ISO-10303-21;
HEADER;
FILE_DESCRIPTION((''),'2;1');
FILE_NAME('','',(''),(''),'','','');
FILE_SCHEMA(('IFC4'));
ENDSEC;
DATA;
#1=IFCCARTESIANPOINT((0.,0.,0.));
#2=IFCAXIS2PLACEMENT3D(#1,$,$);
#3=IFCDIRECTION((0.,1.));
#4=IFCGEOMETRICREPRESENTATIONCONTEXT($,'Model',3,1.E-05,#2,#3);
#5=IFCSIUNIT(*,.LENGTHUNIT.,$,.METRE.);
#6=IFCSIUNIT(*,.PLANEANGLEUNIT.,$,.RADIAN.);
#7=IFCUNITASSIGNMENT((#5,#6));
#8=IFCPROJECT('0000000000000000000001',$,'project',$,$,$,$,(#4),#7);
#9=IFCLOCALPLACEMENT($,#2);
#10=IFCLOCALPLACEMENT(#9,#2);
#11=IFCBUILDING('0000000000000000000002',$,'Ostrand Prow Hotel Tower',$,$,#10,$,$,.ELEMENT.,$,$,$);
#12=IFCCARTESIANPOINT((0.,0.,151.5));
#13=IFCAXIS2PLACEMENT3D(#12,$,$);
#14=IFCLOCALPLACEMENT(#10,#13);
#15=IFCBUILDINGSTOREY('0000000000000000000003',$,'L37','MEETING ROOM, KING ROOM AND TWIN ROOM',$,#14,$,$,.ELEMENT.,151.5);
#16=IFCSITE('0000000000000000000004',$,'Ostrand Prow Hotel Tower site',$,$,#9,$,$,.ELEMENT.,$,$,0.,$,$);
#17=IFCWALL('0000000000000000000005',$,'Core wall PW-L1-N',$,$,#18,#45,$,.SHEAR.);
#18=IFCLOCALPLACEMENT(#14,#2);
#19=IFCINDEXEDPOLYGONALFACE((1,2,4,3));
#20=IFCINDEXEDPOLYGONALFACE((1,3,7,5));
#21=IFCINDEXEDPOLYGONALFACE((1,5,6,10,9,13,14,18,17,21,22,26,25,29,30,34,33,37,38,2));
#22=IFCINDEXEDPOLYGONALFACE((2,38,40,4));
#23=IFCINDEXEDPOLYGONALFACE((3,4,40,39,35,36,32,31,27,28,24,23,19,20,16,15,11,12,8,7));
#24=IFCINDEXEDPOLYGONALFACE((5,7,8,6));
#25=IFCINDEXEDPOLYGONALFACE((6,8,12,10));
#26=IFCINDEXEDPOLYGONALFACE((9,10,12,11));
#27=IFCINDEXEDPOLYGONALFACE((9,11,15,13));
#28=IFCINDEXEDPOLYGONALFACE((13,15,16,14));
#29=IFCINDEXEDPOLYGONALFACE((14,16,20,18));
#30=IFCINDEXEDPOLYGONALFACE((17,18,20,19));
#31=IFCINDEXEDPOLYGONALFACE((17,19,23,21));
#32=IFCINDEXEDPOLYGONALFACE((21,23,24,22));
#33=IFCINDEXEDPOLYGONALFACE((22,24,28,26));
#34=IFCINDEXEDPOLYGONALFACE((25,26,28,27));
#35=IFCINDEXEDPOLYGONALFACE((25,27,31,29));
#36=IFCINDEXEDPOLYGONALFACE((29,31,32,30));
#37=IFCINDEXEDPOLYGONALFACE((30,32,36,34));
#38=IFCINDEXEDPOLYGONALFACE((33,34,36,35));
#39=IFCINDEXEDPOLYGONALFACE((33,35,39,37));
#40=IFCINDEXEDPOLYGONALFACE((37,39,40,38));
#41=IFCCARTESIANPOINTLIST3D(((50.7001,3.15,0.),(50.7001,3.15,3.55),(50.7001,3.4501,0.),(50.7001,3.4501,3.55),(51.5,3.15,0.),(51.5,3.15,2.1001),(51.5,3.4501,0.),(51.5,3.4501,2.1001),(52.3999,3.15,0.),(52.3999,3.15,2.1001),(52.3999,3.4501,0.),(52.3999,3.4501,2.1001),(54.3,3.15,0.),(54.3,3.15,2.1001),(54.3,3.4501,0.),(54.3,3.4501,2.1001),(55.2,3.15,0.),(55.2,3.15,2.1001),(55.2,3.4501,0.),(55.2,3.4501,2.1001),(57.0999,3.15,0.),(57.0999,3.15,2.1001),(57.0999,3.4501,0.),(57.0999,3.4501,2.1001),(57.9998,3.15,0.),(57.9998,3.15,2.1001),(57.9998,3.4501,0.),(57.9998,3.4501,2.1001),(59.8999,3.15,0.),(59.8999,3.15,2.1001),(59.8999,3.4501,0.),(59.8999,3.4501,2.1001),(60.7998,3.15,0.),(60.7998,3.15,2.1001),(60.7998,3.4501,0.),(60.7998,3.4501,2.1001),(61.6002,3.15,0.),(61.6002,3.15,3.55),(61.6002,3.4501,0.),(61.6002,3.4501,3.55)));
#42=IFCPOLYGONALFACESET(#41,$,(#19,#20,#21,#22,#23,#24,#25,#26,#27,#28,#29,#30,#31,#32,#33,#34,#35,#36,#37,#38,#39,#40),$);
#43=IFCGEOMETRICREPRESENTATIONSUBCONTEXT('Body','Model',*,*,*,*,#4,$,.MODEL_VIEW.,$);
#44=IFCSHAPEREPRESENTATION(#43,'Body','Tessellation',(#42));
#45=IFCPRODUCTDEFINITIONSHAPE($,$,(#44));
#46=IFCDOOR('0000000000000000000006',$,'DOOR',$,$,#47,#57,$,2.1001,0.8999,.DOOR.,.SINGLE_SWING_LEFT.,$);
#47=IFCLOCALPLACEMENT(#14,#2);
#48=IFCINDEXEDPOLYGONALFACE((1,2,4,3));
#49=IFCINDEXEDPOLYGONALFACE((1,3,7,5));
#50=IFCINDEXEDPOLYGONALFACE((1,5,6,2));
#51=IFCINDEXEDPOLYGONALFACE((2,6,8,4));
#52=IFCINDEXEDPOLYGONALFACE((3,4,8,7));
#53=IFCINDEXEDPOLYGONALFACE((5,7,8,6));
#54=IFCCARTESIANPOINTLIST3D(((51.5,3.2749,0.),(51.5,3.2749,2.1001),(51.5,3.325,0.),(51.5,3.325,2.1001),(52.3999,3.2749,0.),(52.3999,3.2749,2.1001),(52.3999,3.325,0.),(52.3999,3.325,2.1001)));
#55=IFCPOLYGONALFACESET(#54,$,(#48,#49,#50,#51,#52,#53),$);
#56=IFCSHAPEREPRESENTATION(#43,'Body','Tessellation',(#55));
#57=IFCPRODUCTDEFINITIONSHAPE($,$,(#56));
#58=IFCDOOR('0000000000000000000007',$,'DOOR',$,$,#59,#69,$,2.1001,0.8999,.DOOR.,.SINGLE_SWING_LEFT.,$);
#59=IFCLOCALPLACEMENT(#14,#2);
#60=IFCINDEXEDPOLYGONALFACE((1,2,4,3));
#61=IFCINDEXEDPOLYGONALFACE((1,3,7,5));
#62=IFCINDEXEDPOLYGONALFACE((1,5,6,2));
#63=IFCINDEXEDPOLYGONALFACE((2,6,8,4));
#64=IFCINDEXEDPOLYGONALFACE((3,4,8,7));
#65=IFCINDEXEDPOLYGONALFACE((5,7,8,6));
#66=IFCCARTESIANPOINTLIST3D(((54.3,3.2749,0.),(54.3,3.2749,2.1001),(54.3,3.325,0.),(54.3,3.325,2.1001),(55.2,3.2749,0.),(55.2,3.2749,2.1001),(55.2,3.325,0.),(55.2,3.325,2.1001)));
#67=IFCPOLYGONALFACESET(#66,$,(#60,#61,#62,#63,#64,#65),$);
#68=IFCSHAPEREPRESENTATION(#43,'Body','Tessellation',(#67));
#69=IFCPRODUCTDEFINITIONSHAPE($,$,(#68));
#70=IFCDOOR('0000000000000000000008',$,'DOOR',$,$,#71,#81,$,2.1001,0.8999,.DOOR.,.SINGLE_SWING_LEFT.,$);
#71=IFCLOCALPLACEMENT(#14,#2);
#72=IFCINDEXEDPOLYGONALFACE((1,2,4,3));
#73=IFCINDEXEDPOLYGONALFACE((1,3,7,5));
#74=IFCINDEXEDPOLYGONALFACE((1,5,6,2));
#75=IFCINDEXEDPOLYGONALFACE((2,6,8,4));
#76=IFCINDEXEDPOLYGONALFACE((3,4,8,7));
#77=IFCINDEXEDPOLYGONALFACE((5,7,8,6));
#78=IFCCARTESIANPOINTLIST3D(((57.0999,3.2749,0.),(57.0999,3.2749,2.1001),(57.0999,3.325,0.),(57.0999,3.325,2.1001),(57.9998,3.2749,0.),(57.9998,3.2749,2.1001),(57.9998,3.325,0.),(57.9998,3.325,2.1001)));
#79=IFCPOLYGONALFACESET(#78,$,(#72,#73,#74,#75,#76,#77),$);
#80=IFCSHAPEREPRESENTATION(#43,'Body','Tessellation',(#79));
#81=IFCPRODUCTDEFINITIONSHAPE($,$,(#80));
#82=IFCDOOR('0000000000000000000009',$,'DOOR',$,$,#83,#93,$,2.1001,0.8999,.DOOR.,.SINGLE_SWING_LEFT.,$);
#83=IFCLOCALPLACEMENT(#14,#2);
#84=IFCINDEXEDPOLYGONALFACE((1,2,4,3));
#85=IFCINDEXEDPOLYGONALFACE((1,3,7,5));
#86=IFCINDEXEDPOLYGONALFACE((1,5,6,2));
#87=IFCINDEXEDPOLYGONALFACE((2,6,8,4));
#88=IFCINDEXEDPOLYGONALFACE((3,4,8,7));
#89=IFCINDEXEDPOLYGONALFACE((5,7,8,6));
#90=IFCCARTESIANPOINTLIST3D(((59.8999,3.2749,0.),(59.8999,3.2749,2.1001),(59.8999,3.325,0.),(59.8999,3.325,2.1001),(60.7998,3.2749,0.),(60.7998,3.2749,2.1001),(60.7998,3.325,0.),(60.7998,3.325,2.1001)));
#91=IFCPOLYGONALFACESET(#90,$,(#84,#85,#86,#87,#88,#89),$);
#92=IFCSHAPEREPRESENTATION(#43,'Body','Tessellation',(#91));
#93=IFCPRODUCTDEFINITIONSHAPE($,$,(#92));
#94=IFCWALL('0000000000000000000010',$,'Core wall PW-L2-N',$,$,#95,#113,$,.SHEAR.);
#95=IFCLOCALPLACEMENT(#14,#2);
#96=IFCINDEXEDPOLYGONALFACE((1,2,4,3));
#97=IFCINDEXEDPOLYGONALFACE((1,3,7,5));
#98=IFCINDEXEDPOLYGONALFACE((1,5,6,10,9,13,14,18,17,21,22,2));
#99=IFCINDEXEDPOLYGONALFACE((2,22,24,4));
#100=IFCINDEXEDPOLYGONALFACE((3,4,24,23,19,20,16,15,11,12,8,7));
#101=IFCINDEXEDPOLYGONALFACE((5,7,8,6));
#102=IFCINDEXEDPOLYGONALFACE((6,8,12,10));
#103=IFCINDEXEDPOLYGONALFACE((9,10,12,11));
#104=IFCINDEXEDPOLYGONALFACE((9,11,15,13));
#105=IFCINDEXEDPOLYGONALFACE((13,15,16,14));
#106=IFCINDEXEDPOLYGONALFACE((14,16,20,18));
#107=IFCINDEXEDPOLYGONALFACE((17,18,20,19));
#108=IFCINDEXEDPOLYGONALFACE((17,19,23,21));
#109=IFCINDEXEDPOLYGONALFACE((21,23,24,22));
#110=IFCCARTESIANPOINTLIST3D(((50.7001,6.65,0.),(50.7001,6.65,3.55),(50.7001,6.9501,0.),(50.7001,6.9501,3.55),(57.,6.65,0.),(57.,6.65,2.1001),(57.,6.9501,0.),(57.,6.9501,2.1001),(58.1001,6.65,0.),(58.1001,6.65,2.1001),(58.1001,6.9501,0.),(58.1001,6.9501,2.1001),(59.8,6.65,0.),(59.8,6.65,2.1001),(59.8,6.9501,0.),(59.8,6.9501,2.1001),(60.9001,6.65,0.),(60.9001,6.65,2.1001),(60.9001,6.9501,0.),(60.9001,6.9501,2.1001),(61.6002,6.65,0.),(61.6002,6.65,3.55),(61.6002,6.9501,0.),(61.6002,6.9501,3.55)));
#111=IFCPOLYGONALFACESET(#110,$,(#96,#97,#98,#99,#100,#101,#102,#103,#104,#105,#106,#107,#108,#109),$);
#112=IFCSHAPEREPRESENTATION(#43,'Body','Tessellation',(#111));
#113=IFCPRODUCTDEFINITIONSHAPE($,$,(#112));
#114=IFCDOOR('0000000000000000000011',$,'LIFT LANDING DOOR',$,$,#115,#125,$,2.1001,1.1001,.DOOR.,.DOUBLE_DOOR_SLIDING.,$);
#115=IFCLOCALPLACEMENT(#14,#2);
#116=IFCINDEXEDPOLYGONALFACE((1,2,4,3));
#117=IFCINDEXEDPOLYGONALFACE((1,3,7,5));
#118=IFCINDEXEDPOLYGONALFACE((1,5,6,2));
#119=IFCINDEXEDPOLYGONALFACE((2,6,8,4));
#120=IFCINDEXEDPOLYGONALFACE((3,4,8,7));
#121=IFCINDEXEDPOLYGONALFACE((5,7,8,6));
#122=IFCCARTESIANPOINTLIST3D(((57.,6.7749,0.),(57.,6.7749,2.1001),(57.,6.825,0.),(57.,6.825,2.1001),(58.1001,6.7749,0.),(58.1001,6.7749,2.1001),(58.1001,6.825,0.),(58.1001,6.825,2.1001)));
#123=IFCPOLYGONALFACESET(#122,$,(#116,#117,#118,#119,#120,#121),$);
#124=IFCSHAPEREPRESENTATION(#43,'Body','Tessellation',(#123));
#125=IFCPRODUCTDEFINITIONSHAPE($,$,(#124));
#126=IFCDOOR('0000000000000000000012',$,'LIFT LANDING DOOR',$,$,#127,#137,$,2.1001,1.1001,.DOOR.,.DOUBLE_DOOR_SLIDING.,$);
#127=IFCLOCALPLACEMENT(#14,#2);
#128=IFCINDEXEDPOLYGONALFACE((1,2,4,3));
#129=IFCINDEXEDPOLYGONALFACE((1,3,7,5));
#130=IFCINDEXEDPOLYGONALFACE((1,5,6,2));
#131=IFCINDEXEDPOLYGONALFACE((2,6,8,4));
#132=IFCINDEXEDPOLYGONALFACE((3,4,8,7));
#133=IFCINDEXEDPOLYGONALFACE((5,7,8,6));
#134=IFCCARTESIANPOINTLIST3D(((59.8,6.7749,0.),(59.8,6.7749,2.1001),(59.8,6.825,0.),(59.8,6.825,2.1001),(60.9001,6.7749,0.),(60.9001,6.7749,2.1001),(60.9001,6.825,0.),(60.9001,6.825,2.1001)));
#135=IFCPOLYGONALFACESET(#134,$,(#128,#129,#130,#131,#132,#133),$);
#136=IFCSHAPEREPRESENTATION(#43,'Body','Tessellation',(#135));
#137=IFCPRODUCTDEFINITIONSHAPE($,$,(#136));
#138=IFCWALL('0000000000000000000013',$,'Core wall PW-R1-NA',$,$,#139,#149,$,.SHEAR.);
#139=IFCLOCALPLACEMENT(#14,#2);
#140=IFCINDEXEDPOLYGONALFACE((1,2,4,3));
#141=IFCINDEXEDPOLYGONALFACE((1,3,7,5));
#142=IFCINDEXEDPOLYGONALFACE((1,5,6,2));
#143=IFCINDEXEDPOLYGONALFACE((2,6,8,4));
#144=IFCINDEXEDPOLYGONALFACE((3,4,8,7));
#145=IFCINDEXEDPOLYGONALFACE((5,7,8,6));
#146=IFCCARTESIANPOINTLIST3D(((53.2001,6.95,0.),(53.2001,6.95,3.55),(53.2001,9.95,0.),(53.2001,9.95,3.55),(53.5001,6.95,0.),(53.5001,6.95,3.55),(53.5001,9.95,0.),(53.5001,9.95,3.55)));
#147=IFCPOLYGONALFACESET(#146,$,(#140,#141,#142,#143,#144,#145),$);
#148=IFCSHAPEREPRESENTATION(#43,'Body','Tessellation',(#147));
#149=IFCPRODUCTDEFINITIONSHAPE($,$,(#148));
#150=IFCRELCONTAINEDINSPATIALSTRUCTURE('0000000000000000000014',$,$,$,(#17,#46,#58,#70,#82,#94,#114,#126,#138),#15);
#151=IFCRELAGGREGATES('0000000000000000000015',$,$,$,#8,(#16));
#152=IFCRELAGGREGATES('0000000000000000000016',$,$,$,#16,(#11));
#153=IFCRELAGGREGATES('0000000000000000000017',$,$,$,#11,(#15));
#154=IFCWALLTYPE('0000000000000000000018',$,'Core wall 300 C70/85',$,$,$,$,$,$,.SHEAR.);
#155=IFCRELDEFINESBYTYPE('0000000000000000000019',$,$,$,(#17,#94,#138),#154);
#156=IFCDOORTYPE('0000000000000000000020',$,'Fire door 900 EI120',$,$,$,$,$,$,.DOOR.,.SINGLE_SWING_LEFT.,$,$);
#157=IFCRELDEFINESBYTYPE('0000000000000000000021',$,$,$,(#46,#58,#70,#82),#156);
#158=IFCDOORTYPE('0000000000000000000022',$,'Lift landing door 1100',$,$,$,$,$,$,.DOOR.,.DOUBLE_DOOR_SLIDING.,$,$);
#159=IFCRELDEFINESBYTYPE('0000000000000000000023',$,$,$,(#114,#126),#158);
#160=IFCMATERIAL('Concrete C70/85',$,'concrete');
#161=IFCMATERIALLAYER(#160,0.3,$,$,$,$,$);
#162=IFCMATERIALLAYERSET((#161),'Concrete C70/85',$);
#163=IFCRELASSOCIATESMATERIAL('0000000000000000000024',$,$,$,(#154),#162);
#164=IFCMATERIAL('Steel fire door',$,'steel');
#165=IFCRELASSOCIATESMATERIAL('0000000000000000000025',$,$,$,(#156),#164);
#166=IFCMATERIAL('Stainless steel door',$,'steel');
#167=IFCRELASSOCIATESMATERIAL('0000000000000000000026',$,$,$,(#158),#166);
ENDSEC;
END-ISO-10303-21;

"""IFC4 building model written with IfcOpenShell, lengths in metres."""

from ifc_helpers import new_model, si_unit, direction, frame, frame_2d, origin, place, context, subcontext, project, spatial, rectangle, extrude, material, layer, layer_set, type_object, element, fill, save


model = new_model("IFC4")

# Units and contexts
model_context = context("Model", 3, precision=1e-05, world=origin(), true_north=direction((0.0, 1.0)))
body_context = subcontext(model_context, "Body", "Model", "MODEL_VIEW")
ifc_project = project(units=[si_unit("LENGTHUNIT", "METRE"), si_unit("PLANEANGLEUNIT", "RADIAN")], contexts=[model_context])

# Site, building, storey
site_placement = place(None, origin())
site = spatial("IfcSite", under=ifc_project, at=site_placement, Name="Ostrand Prow Hotel Tower site", CompositionType="ELEMENT", RefElevation=0.0)
building_placement = place(site_placement, origin())
building = spatial("IfcBuilding", under=site, at=building_placement, Name="Ostrand Prow Hotel Tower", CompositionType="ELEMENT")
storey_placement = place(building_placement, frame((0.0, 0.0, 151.5)))
storey = spatial("IfcBuildingStorey", under=building, at=storey_placement, Name="L37", Description="MEETING ROOM, KING ROOM AND TWIN ROOM", CompositionType="ELEMENT", Elevation=151.5)

# Walls, openings, doors
ifc_material_1 = material(Name="Concrete C70/85", Category="concrete")
ifc_layer_1 = layer(ifc_material_1, 0.3)
ifc_layer_set_1 = layer_set([ifc_layer_1], Name="Concrete C70/85")
wall_type_1 = type_object("IfcWallType", Name="Core wall 300 C70/85", PredefinedType="SHEAR", material=ifc_layer_set_1)
wall_1_placement = place(storey_placement, frame((50.7, 3.3, 0.0), z_axis=(0.0, 0.0, 1.0), x_axis=(1.0, 0.0, 0.0)))
wall_1 = element("IfcWall", 1, at=wall_1_placement, inside=storey, type_object=wall_type_1, Name="Core wall PW-L1-N", PredefinedType="SHEAR", context=body_context, shape_type="SweptSolid", body=[
    extrude(rectangle(XDim=10.9001, YDim=0.3, at=frame_2d((5.4502, 0.0))), origin(), (0.0, 0.0, 1.0), 3.55),
])
opening_1_placement = place(wall_1_placement, frame((0.8, 0.0, 0.0)))
opening_1 = element("IfcOpeningElement", 2, at=opening_1_placement, cuts=wall_1, PredefinedType="OPENING", context=body_context, shape_type="SweptSolid", body=[
    extrude(rectangle(XDim=0.8999, YDim=2.1001, at=frame_2d((0.45, 1.05))), frame((0.0, 0.1599, 0.0), z_axis=(0.0, -1.0, 0.0), x_axis=(1.0, 0.0, 0.0)), (0.0, 0.0, 1.0), 0.3201),
])
opening_2_placement = place(wall_1_placement, frame((3.6001, 0.0, 0.0)))
opening_2 = element("IfcOpeningElement", 3, at=opening_2_placement, cuts=wall_1, PredefinedType="OPENING", context=body_context, shape_type="SweptSolid", body=[
    extrude(rectangle(XDim=0.8999, YDim=2.1001, at=frame_2d((0.45, 1.05))), frame((0.0, 0.1599, 0.0), z_axis=(0.0, -1.0, 0.0), x_axis=(1.0, 0.0, 0.0)), (0.0, 0.0, 1.0), 0.3201),
])
opening_3_placement = place(wall_1_placement, frame((6.3999, 0.0, 0.0)))
opening_3 = element("IfcOpeningElement", 4, at=opening_3_placement, cuts=wall_1, PredefinedType="OPENING", context=body_context, shape_type="SweptSolid", body=[
    extrude(rectangle(XDim=0.8999, YDim=2.1001, at=frame_2d((0.45, 1.05))), frame((0.0, 0.1599, 0.0), z_axis=(0.0, -1.0, 0.0), x_axis=(1.0, 0.0, 0.0)), (0.0, 0.0, 1.0), 0.3201),
])
opening_4_placement = place(wall_1_placement, frame((9.2, 0.0, 0.0)))
opening_4 = element("IfcOpeningElement", 5, at=opening_4_placement, cuts=wall_1, PredefinedType="OPENING", context=body_context, shape_type="SweptSolid", body=[
    extrude(rectangle(XDim=0.8999, YDim=2.1001, at=frame_2d((0.45, 1.05))), frame((0.0, 0.1599, 0.0), z_axis=(0.0, -1.0, 0.0), x_axis=(1.0, 0.0, 0.0)), (0.0, 0.0, 1.0), 0.3201),
])
ifc_material_2 = material(Name="Steel fire door", Category="steel")
door_type_1 = type_object("IfcDoorType", Name="Fire door 900 EI120", OperationType="SINGLE_SWING_LEFT", PredefinedType="DOOR", material=ifc_material_2)
door_1_placement = place(opening_1_placement, origin())
door_1 = element("IfcDoor", 6, at=door_1_placement, inside=storey, type_object=door_type_1, Name="DOOR", OperationType="SINGLE_SWING_LEFT", OverallHeight=2.1001, OverallWidth=0.8999, PredefinedType="DOOR", context=body_context, shape_type="SweptSolid", body=[
    extrude(rectangle(XDim=0.8999, YDim=2.1001, at=frame_2d((0.45, 1.05))), frame((0.0, 0.0249, 0.0), z_axis=(0.0, -1.0, 0.0), x_axis=(1.0, 0.0, 0.0)), (0.0, 0.0, 1.0), 0.05),
])
fill(opening_1, door_1)
door_2_placement = place(opening_2_placement, origin())
door_2 = element("IfcDoor", 7, at=door_2_placement, inside=storey, type_object=door_type_1, Name="DOOR", OperationType="SINGLE_SWING_LEFT", OverallHeight=2.1001, OverallWidth=0.8999, PredefinedType="DOOR", context=body_context, shape_type="SweptSolid", body=[
    extrude(rectangle(XDim=0.8999, YDim=2.1001, at=frame_2d((0.45, 1.05))), frame((0.0, 0.0249, 0.0), z_axis=(0.0, -1.0, 0.0), x_axis=(1.0, 0.0, 0.0)), (0.0, 0.0, 1.0), 0.05),
])
fill(opening_2, door_2)
door_3_placement = place(opening_3_placement, origin())
door_3 = element("IfcDoor", 8, at=door_3_placement, inside=storey, type_object=door_type_1, Name="DOOR", OperationType="SINGLE_SWING_LEFT", OverallHeight=2.1001, OverallWidth=0.8999, PredefinedType="DOOR", context=body_context, shape_type="SweptSolid", body=[
    extrude(rectangle(XDim=0.8999, YDim=2.1001, at=frame_2d((0.45, 1.05))), frame((0.0, 0.0249, 0.0), z_axis=(0.0, -1.0, 0.0), x_axis=(1.0, 0.0, 0.0)), (0.0, 0.0, 1.0), 0.05),
])
fill(opening_3, door_3)
door_4_placement = place(opening_4_placement, origin())
door_4 = element("IfcDoor", 9, at=door_4_placement, inside=storey, type_object=door_type_1, Name="DOOR", OperationType="SINGLE_SWING_LEFT", OverallHeight=2.1001, OverallWidth=0.8999, PredefinedType="DOOR", context=body_context, shape_type="SweptSolid", body=[
    extrude(rectangle(XDim=0.8999, YDim=2.1001, at=frame_2d((0.45, 1.05))), frame((0.0, 0.0249, 0.0), z_axis=(0.0, -1.0, 0.0), x_axis=(1.0, 0.0, 0.0)), (0.0, 0.0, 1.0), 0.05),
])
fill(opening_4, door_4)
wall_2_placement = place(storey_placement, frame((50.7, 6.8, 0.0), z_axis=(0.0, 0.0, 1.0), x_axis=(1.0, 0.0, 0.0)))
wall_2 = element("IfcWall", 10, at=wall_2_placement, inside=storey, type_object=wall_type_1, Name="Core wall PW-L2-N", PredefinedType="SHEAR", context=body_context, shape_type="SweptSolid", body=[
    extrude(rectangle(XDim=10.9001, YDim=0.3, at=frame_2d((5.4502, 0.0))), origin(), (0.0, 0.0, 1.0), 3.55),
])
opening_5_placement = place(wall_2_placement, frame((6.3, 0.0, 0.0)))
opening_5 = element("IfcOpeningElement", 11, at=opening_5_placement, cuts=wall_2, PredefinedType="OPENING", context=body_context, shape_type="SweptSolid", body=[
    extrude(rectangle(XDim=1.1001, YDim=2.1001, at=frame_2d((0.55, 1.05))), frame((0.0, 0.1599, 0.0), z_axis=(0.0, -1.0, 0.0), x_axis=(1.0, 0.0, 0.0)), (0.0, 0.0, 1.0), 0.3201),
])
opening_6_placement = place(wall_2_placement, frame((9.1001, 0.0, 0.0)))
opening_6 = element("IfcOpeningElement", 12, at=opening_6_placement, cuts=wall_2, PredefinedType="OPENING", context=body_context, shape_type="SweptSolid", body=[
    extrude(rectangle(XDim=1.1001, YDim=2.1001, at=frame_2d((0.55, 1.05))), frame((0.0, 0.1599, 0.0), z_axis=(0.0, -1.0, 0.0), x_axis=(1.0, 0.0, 0.0)), (0.0, 0.0, 1.0), 0.3201),
])
ifc_material_3 = material(Name="Stainless steel door", Category="steel")
door_type_2 = type_object("IfcDoorType", Name="Lift landing door 1100", OperationType="DOUBLE_DOOR_SLIDING", PredefinedType="DOOR", material=ifc_material_3)
door_5_placement = place(opening_5_placement, origin())
door_5 = element("IfcDoor", 13, at=door_5_placement, inside=storey, type_object=door_type_2, Name="LIFT LANDING DOOR", OperationType="DOUBLE_DOOR_SLIDING", OverallHeight=2.1001, OverallWidth=1.1001, PredefinedType="DOOR", context=body_context, shape_type="SweptSolid", body=[
    extrude(rectangle(XDim=1.1001, YDim=2.1001, at=frame_2d((0.55, 1.05))), frame((0.0, 0.0249, 0.0), z_axis=(0.0, -1.0, 0.0), x_axis=(1.0, 0.0, 0.0)), (0.0, 0.0, 1.0), 0.05),
])
fill(opening_5, door_5)
door_6_placement = place(opening_6_placement, origin())
door_6 = element("IfcDoor", 14, at=door_6_placement, inside=storey, type_object=door_type_2, Name="LIFT LANDING DOOR", OperationType="DOUBLE_DOOR_SLIDING", OverallHeight=2.1001, OverallWidth=1.1001, PredefinedType="DOOR", context=body_context, shape_type="SweptSolid", body=[
    extrude(rectangle(XDim=1.1001, YDim=2.1001, at=frame_2d((0.55, 1.05))), frame((0.0, 0.0249, 0.0), z_axis=(0.0, -1.0, 0.0), x_axis=(1.0, 0.0, 0.0)), (0.0, 0.0, 1.0), 0.05),
])
fill(opening_6, door_6)

# Wall
wall_3_placement = place(storey_placement, frame((53.3501, 6.95, 0.0), z_axis=(0.0, 0.0, 1.0), x_axis=(0.0, 1.0, 0.0)))
element("IfcWall", 15, at=wall_3_placement, inside=storey, type_object=wall_type_1, Name="Core wall PW-R1-NA", PredefinedType="SHEAR", context=body_context, shape_type="SweptSolid", body=[
    extrude(rectangle(XDim=3.0, YDim=0.3, at=frame_2d((1.5, 0.0))), origin(), (0.0, 0.0, 1.0), 3.55),
])

save(model, "model.ifc")
